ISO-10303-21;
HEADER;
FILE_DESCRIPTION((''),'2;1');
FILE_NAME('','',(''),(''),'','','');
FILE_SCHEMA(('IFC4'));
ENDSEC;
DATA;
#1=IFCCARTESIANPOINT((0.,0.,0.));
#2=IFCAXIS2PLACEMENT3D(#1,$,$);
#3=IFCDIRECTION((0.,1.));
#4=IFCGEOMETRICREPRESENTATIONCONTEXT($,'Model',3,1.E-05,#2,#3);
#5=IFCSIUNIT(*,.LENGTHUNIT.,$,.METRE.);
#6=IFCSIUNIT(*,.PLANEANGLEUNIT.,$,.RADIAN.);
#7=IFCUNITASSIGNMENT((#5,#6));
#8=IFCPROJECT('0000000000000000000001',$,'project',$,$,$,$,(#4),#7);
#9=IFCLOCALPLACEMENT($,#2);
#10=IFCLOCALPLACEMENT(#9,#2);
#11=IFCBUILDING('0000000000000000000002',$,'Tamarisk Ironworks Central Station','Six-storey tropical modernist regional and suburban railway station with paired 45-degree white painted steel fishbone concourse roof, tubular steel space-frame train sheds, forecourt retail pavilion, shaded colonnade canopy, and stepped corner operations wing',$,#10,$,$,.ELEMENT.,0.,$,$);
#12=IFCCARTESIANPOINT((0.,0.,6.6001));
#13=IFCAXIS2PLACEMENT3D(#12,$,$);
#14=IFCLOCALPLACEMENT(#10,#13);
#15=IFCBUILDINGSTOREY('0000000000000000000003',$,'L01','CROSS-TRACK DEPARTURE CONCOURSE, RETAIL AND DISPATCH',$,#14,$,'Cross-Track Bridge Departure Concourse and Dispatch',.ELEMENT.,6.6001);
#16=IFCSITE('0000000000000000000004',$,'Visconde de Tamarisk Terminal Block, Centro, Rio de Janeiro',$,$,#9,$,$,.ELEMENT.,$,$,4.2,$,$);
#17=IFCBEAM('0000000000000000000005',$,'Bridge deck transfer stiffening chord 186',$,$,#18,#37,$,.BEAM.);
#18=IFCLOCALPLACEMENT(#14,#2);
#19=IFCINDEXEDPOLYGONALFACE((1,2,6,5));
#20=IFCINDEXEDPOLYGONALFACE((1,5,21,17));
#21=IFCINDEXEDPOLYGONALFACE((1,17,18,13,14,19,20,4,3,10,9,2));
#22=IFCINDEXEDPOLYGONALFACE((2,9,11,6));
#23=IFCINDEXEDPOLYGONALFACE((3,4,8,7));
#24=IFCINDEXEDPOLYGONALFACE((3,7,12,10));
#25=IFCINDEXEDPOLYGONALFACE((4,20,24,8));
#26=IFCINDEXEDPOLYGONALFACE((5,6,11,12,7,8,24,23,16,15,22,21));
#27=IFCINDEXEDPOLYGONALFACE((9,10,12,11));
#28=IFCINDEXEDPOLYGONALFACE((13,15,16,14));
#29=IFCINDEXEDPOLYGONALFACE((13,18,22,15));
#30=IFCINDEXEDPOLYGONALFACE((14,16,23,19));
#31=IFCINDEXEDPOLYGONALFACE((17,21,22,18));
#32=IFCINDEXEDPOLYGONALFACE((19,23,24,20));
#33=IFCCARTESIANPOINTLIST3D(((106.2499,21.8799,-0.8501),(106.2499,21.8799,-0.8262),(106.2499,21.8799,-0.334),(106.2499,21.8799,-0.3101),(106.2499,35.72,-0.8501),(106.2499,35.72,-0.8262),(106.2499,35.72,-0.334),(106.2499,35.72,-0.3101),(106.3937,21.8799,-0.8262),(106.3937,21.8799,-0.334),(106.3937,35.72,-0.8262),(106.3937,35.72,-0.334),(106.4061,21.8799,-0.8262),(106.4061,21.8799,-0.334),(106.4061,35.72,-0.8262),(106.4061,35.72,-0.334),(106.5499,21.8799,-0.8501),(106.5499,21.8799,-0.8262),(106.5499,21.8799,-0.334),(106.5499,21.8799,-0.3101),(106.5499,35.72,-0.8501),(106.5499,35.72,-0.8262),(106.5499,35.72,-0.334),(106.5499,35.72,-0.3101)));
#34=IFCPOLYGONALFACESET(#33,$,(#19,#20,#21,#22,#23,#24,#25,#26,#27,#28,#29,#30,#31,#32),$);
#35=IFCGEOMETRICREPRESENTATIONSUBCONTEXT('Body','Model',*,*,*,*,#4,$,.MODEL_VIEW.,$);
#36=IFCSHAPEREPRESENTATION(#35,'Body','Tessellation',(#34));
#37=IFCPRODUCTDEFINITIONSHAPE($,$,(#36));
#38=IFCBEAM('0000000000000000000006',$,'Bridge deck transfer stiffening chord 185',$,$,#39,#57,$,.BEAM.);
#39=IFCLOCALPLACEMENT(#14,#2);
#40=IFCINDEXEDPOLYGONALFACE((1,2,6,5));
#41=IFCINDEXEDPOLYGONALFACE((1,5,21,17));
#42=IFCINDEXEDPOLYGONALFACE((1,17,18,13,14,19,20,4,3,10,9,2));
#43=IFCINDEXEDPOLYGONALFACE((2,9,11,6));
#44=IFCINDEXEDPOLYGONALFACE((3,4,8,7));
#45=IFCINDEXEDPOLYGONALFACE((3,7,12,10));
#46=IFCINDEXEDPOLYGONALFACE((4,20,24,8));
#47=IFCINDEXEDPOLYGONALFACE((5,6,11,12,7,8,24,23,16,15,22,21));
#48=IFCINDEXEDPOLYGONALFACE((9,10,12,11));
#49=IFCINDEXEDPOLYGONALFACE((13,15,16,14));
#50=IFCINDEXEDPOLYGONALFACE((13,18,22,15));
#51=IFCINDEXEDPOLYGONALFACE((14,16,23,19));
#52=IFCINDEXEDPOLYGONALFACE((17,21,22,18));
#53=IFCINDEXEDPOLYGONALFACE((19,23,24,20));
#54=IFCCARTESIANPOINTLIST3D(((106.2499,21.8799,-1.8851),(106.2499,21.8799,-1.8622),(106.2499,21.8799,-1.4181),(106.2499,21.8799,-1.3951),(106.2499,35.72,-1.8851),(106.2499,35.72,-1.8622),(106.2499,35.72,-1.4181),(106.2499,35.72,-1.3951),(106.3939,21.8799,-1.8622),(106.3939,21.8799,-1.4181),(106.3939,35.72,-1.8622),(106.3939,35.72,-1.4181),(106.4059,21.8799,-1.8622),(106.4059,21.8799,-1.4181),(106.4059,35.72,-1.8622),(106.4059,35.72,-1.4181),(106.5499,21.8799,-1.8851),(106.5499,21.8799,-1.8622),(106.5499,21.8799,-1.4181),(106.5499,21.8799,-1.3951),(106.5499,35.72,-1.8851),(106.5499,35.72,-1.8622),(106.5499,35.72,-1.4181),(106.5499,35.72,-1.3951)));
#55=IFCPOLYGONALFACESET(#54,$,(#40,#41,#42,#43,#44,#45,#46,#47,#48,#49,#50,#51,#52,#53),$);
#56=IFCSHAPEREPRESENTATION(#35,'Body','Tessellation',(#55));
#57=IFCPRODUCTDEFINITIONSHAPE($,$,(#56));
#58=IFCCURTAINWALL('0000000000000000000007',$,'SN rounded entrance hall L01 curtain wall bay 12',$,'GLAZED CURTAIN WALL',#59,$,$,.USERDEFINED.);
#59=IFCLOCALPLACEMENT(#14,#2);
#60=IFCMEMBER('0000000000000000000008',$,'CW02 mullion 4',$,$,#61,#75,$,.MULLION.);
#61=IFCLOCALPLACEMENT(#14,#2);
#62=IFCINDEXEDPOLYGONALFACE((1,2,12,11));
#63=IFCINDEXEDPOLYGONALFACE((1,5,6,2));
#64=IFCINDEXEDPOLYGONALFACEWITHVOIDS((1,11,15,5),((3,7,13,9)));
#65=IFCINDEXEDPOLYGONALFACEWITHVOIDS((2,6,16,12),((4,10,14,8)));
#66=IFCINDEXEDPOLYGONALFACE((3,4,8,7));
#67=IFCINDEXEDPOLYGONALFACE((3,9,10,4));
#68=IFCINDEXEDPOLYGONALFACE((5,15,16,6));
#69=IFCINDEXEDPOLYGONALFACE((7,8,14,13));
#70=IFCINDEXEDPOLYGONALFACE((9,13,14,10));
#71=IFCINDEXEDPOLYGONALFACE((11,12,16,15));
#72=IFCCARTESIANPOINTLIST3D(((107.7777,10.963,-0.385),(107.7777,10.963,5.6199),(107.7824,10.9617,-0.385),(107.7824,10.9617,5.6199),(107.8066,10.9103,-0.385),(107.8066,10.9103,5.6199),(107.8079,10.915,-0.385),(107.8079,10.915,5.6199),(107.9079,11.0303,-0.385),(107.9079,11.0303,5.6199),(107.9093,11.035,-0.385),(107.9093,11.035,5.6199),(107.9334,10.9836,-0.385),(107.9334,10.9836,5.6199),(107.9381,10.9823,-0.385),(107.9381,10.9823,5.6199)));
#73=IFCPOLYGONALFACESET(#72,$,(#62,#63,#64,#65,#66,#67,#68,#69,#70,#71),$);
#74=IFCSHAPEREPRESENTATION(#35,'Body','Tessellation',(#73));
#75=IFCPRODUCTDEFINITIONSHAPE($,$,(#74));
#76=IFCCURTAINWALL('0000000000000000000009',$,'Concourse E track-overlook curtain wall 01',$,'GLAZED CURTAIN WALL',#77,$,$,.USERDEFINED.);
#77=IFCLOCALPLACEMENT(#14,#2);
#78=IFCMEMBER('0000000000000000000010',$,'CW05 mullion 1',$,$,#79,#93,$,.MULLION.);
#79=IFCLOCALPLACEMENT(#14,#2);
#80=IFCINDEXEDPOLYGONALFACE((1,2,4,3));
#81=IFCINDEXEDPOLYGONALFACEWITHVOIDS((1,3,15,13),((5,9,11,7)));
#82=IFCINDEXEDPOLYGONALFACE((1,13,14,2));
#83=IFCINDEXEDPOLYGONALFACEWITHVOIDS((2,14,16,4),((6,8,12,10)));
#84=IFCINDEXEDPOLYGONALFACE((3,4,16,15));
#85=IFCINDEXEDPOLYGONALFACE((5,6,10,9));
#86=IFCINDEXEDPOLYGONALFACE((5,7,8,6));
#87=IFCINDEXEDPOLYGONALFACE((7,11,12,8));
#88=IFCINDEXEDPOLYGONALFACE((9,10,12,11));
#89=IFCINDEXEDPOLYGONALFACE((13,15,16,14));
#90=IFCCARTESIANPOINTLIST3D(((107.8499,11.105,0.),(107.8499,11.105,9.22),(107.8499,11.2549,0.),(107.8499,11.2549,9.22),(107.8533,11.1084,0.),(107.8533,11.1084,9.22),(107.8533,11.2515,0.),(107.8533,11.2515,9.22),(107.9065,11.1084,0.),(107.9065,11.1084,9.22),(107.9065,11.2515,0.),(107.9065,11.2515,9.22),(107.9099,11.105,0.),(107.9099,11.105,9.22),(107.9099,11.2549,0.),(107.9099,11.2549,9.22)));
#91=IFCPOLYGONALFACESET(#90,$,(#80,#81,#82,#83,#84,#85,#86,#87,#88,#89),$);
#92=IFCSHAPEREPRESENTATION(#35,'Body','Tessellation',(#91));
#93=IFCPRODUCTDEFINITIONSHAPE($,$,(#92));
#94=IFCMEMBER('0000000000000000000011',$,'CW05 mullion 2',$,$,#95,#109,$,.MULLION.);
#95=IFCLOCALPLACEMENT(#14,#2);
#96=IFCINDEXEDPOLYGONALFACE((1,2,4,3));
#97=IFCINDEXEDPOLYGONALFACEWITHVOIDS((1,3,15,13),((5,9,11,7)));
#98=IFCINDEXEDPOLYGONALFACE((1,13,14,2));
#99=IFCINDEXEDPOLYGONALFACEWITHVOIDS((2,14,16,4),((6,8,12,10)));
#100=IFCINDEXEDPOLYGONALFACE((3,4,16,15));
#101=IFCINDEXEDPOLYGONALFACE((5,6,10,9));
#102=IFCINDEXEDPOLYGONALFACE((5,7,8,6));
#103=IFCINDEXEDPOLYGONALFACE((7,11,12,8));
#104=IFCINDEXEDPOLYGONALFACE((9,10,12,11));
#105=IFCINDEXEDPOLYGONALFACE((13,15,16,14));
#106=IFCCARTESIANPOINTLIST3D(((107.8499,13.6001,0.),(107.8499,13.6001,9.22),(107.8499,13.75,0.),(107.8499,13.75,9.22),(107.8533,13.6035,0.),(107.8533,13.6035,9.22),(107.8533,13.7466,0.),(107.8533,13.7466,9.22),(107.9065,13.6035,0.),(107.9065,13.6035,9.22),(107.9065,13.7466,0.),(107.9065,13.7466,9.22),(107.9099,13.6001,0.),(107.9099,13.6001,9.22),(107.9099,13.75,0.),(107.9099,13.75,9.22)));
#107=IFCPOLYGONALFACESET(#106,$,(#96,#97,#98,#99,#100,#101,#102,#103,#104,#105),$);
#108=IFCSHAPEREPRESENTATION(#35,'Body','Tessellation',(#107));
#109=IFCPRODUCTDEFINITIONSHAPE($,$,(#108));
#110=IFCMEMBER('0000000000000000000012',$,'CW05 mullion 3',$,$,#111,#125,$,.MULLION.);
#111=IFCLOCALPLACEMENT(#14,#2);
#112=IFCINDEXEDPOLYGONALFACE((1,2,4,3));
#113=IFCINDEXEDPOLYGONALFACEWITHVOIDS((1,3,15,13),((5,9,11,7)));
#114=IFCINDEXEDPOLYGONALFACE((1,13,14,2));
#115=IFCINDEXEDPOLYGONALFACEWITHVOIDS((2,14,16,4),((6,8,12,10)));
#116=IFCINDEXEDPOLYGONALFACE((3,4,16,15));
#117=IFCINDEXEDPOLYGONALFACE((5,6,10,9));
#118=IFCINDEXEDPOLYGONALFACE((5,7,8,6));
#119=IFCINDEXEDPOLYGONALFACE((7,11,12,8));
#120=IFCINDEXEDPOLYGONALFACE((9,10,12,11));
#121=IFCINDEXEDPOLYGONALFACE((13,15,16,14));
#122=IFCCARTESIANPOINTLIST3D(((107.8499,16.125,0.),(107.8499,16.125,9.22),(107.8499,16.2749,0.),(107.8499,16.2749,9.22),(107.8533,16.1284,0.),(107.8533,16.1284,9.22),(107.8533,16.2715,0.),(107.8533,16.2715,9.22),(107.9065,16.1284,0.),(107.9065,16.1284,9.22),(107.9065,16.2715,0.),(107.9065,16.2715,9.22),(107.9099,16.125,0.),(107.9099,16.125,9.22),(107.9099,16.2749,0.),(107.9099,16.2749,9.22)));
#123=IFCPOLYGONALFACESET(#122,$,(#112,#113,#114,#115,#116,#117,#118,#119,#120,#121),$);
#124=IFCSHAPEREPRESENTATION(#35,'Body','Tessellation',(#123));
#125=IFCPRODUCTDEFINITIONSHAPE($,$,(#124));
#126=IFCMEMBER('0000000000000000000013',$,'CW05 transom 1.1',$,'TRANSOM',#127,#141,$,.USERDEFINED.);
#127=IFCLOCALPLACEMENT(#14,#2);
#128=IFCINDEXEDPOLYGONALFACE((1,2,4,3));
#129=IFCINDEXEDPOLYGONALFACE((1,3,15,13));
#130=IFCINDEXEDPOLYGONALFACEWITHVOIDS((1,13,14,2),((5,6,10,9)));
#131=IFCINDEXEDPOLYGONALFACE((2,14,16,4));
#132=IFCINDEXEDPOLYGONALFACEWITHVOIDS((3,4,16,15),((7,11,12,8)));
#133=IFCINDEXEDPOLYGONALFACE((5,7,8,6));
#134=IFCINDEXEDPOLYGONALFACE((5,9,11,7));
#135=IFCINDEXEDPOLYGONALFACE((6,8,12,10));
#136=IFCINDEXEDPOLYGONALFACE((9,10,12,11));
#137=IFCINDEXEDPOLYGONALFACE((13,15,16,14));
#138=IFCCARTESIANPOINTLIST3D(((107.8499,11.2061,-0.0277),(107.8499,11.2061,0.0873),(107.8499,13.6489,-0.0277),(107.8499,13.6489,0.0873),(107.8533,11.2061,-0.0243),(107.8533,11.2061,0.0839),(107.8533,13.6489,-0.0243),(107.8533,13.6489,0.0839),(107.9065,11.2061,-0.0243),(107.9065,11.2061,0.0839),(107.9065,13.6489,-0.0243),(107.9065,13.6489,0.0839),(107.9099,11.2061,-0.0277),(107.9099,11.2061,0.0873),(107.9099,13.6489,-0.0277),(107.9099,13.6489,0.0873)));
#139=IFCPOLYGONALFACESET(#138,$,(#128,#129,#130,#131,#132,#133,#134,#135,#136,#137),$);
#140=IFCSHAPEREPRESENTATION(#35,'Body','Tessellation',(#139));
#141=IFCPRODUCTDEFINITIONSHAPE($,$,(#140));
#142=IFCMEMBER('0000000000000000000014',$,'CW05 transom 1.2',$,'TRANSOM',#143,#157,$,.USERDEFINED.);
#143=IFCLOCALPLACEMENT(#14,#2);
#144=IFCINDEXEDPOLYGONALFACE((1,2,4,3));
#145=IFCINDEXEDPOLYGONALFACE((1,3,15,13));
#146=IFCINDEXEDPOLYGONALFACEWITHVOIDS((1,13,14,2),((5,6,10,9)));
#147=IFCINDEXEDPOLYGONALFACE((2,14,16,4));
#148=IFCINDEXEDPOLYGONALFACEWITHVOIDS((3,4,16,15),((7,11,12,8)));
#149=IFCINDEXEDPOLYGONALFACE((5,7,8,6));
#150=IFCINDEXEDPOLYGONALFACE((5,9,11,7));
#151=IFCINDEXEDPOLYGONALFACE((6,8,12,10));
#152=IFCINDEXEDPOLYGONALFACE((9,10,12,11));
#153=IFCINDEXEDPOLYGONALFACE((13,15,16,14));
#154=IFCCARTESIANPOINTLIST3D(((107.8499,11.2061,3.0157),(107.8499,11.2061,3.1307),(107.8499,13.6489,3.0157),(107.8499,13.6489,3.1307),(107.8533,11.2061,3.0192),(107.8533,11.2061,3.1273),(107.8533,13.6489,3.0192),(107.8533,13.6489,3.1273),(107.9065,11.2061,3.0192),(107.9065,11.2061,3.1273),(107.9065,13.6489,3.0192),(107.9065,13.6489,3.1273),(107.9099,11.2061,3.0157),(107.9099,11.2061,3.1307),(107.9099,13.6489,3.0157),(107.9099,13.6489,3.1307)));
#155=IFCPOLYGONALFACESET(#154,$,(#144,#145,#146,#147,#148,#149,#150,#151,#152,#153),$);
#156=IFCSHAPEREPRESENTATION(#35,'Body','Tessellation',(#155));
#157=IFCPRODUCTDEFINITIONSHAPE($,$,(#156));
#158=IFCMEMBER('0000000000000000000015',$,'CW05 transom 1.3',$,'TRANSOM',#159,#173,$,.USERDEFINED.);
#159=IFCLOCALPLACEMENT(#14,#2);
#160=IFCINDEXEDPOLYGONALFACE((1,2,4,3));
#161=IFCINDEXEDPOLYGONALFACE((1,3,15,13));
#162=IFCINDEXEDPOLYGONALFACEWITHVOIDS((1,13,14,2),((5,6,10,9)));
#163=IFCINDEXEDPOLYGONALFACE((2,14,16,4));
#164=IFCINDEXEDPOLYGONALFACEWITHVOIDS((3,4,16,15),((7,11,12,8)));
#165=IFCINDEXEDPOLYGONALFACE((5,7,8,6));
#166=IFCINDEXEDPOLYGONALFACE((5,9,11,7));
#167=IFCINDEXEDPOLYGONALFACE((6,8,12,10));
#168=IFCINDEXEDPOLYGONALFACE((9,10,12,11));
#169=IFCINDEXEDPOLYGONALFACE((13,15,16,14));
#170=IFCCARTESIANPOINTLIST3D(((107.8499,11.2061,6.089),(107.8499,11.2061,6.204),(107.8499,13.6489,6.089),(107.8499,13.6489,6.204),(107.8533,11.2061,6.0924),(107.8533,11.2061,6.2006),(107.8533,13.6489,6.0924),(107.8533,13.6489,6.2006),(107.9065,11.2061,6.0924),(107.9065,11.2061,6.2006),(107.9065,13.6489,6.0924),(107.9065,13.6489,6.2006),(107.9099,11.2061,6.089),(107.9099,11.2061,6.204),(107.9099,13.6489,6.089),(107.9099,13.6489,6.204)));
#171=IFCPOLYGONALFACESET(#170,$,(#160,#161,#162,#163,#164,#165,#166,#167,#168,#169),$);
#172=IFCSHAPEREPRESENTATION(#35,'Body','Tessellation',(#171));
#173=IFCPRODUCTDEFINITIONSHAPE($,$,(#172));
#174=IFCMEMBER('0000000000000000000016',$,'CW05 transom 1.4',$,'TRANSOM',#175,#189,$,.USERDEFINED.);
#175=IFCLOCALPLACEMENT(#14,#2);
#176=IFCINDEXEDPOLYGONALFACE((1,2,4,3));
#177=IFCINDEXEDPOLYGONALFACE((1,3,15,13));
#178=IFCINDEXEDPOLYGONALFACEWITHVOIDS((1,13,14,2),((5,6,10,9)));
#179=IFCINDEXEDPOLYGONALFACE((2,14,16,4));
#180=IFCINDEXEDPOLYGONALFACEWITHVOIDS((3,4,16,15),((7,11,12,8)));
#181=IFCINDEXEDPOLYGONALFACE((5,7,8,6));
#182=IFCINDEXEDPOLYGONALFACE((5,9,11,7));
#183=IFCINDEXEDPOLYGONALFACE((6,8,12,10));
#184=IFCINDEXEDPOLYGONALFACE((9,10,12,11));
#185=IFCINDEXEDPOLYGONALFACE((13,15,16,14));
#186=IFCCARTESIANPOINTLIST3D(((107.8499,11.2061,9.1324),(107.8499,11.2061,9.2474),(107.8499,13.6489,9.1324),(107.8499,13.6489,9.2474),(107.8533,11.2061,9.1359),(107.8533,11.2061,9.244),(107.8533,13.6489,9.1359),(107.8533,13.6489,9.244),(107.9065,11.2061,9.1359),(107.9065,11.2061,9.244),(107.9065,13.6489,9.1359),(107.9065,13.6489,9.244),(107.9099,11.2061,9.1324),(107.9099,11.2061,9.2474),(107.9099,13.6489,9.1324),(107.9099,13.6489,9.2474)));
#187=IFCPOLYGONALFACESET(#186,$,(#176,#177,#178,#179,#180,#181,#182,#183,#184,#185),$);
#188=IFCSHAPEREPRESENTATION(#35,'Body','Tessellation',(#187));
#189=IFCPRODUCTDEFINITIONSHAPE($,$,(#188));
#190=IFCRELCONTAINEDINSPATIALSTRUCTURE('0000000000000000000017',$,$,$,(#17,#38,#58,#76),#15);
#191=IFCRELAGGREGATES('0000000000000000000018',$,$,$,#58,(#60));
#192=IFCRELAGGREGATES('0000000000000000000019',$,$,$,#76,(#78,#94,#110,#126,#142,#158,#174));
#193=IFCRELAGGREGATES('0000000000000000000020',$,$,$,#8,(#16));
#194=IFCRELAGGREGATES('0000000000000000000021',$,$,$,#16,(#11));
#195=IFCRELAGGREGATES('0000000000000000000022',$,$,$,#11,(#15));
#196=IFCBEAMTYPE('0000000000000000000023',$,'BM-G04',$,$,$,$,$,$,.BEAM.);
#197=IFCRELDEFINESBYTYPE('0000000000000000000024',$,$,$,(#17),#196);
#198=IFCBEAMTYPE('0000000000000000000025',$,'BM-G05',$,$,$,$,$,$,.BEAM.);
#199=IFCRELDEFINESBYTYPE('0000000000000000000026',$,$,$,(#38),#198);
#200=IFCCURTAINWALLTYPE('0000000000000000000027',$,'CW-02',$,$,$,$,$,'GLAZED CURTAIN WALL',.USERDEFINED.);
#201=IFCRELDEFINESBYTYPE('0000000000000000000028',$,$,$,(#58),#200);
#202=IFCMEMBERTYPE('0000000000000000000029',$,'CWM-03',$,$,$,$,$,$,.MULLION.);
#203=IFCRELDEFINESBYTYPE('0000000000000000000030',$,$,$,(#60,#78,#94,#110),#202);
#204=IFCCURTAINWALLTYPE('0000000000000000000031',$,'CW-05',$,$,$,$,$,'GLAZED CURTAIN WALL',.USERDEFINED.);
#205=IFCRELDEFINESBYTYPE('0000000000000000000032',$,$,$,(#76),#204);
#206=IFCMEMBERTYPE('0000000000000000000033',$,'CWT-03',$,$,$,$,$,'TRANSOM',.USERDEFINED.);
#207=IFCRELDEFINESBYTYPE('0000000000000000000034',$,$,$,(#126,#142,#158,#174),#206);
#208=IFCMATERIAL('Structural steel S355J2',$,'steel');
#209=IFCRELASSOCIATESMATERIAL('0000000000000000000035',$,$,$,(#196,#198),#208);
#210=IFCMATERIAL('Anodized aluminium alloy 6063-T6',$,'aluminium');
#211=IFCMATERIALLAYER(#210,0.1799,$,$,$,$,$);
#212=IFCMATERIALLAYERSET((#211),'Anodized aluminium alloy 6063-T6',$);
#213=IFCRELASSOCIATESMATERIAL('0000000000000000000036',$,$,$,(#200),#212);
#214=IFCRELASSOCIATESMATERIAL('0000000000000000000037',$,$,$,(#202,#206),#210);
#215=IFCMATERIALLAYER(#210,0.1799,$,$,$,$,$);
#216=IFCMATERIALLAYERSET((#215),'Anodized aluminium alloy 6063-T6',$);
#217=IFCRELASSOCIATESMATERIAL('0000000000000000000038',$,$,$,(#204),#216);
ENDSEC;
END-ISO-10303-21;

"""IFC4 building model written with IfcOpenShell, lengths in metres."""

from ifc_helpers import new_model, si_unit, direction, frame, origin, origin_2d, place, context, subcontext, project, spatial, hollow_rectangle, i_section, extrude, material, layer, layer_set, material_profile, profile_set, type_object, element, aggregate, save


model = new_model("IFC4")

# Units and contexts
model_context = context("Model", 3, precision=1e-05, world=origin(), true_north=direction((0.0, 1.0)))
body_context = subcontext(model_context, "Body", "Model", "MODEL_VIEW")
ifc_project = project(units=[si_unit("LENGTHUNIT", "METRE"), si_unit("PLANEANGLEUNIT", "RADIAN")], contexts=[model_context])

# Site, building, storey
site_placement = place(None, origin())
site = spatial("IfcSite", under=ifc_project, at=site_placement, Name="Visconde de Tamarisk Terminal Block, Centro, Rio de Janeiro", CompositionType="ELEMENT", RefElevation=4.2)
building_placement = place(site_placement, origin())
building = spatial("IfcBuilding", under=site, at=building_placement, Name="Tamarisk Ironworks Central Station", Description="Six-storey tropical modernist regional and suburban railway station with paired 45-degree white painted steel fishbone concourse roof, tubular steel space-frame train sheds, forecourt retail pavilion, shaded colonnade canopy, and stepped corner operations wing", CompositionType="ELEMENT", ElevationOfRefHeight=0.0)
storey_placement = place(building_placement, frame((0.0, 0.0, 6.6001)))
storey = spatial("IfcBuildingStorey", under=building, at=storey_placement, Name="L01", Description="CROSS-TRACK DEPARTURE CONCOURSE, RETAIL AND DISPATCH", LongName="Cross-Track Bridge Departure Concourse and Dispatch", CompositionType="ELEMENT", Elevation=6.6001)

# Beams
ifc_material_1 = material(Name="Structural steel S355J2", Category="steel")
ifc_material_profile_1 = material_profile(ifc_material_1, i_section(OverallWidth=0.3, OverallDepth=0.54, WebThickness=0.0125, FlangeThickness=0.0239, at=origin_2d()), Name="HEA 550")
ifc_profile_set_1 = profile_set([ifc_material_profile_1], Name="Structural steel S355J2")
beam_type_1 = type_object("IfcBeamType", Name="BM-G04", PredefinedType="BEAM", material=ifc_profile_set_1)
beam_1_placement = place(storey_placement, frame((106.3999, 21.8799, -0.5801), z_axis=(0.0, 1.0, 0.0), x_axis=(-1.0, 0.0, 0.0)))
element("IfcBeam", 1, at=beam_1_placement, inside=storey, type_object=beam_type_1, Name="Bridge deck transfer stiffening chord 186", PredefinedType="BEAM", context=body_context, shape_type="SweptSolid", body=[
    extrude(i_section(OverallWidth=0.3, OverallDepth=0.54, WebThickness=0.0125, FlangeThickness=0.0239, at=origin_2d()), origin(), (0.0, 0.0, 1.0), 13.8401),
])
ifc_material_profile_2 = material_profile(ifc_material_1, i_section(OverallWidth=0.3, OverallDepth=0.49, WebThickness=0.012, FlangeThickness=0.0229, at=origin_2d()), Name="HEA 500")
ifc_profile_set_2 = profile_set([ifc_material_profile_2], Name="Structural steel S355J2")
beam_type_2 = type_object("IfcBeamType", Name="BM-G05", PredefinedType="BEAM", material=ifc_profile_set_2)
beam_2_placement = place(storey_placement, frame((106.3999, 21.8799, -1.6401), z_axis=(0.0, 1.0, 0.0), x_axis=(-1.0, 0.0, 0.0)))
element("IfcBeam", 2, at=beam_2_placement, inside=storey, type_object=beam_type_2, Name="Bridge deck transfer stiffening chord 185", PredefinedType="BEAM", context=body_context, shape_type="SweptSolid", body=[
    extrude(i_section(OverallWidth=0.3, OverallDepth=0.49, WebThickness=0.012, FlangeThickness=0.0229, at=origin_2d()), origin(), (0.0, 0.0, 1.0), 13.8401),
])

# Curtain wall, member
ifc_material_2 = material(Name="Anodized aluminium alloy 6063-T6", Category="aluminium")
ifc_layer_1 = layer(ifc_material_2, 0.1799)
ifc_layer_set_1 = layer_set([ifc_layer_1], Name="Anodized aluminium alloy 6063-T6")
curtain_wall_type_1 = type_object("IfcCurtainWallType", Name="CW-02", ElementType="GLAZED CURTAIN WALL", PredefinedType="USERDEFINED", material=ifc_layer_set_1)
curtain_wall_1_placement = place(storey_placement, origin())
curtain_wall_1 = element("IfcCurtainWall", 3, at=curtain_wall_1_placement, inside=storey, type_object=curtain_wall_type_1, Name="SN rounded entrance hall L01 curtain wall bay 12", ObjectType="GLAZED CURTAIN WALL", PredefinedType="USERDEFINED")
ifc_material_profile_3 = material_profile(ifc_material_2, hollow_rectangle(XDim=0.0601, YDim=0.1499, WallThickness=0.0034, at=origin_2d()), Name="ALUM 150x60")
ifc_profile_set_3 = profile_set([ifc_material_profile_3], Name="Anodized aluminium alloy 6063-T6")
member_type_1 = type_object("IfcMemberType", Name="CWM-03", PredefinedType="MULLION", material=ifc_profile_set_3)
member_1_placement = place(storey_placement, frame((107.8579, 10.9727, -0.385), z_axis=(0.0, 0.0, 1.0), x_axis=(-0.479805, 0.877375, 0.0)))
member_1 = element("IfcMember", 4, at=member_1_placement, type_object=member_type_1, Name="CW02 mullion 4", PredefinedType="MULLION", context=body_context, shape_type="SweptSolid", body=[
    extrude(hollow_rectangle(XDim=0.0601, YDim=0.1499, WallThickness=0.0034, at=origin_2d()), origin(), (0.0, 0.0, 1.0), 6.0049),
])
aggregate(curtain_wall_1, [member_1])

# Curtain wall, members
ifc_layer_2 = layer(ifc_material_2, 0.1799)
ifc_layer_set_2 = layer_set([ifc_layer_2], Name="Anodized aluminium alloy 6063-T6")
curtain_wall_type_2 = type_object("IfcCurtainWallType", Name="CW-05", ElementType="GLAZED CURTAIN WALL", PredefinedType="USERDEFINED", material=ifc_layer_set_2)
curtain_wall_2_placement = place(storey_placement, origin())
curtain_wall_2 = element("IfcCurtainWall", 5, at=curtain_wall_2_placement, inside=storey, type_object=curtain_wall_type_2, Name="Concourse E track-overlook curtain wall 01", ObjectType="GLAZED CURTAIN WALL", PredefinedType="USERDEFINED")
member_2_placement = place(storey_placement, frame((107.8799, 11.1799, 0.0), z_axis=(0.0, 0.0, 1.0), x_axis=(-1.0, 0.0, 0.0)))
member_2 = element("IfcMember", 6, at=member_2_placement, type_object=member_type_1, Name="CW05 mullion 1", PredefinedType="MULLION", context=body_context, shape_type="SweptSolid", body=[
    extrude(hollow_rectangle(XDim=0.0601, YDim=0.1499, WallThickness=0.0034, at=origin_2d()), origin(), (0.0, 0.0, 1.0), 9.22),
])
member_3_placement = place(storey_placement, frame((107.8799, 13.675, 0.0), z_axis=(0.0, 0.0, 1.0), x_axis=(-1.0, 0.0, 0.0)))
member_3 = element("IfcMember", 7, at=member_3_placement, type_object=member_type_1, Name="CW05 mullion 2", PredefinedType="MULLION", context=body_context, shape_type="SweptSolid", body=[
    extrude(hollow_rectangle(XDim=0.0601, YDim=0.1499, WallThickness=0.0034, at=origin_2d()), origin(), (0.0, 0.0, 1.0), 9.22),
])
member_4_placement = place(storey_placement, frame((107.8799, 16.2, 0.0), z_axis=(0.0, 0.0, 1.0), x_axis=(-1.0, 0.0, 0.0)))
member_4 = element("IfcMember", 8, at=member_4_placement, type_object=member_type_1, Name="CW05 mullion 3", PredefinedType="MULLION", context=body_context, shape_type="SweptSolid", body=[
    extrude(hollow_rectangle(XDim=0.0601, YDim=0.1499, WallThickness=0.0034, at=origin_2d()), origin(), (0.0, 0.0, 1.0), 9.22),
])
ifc_material_profile_4 = material_profile(ifc_material_2, hollow_rectangle(XDim=0.0601, YDim=0.115, WallThickness=0.0034, at=origin_2d()), Name="ALUM 115x60")
ifc_profile_set_4 = profile_set([ifc_material_profile_4], Name="Anodized aluminium alloy 6063-T6")
member_type_2 = type_object("IfcMemberType", Name="CWT-03", ElementType="TRANSOM", PredefinedType="USERDEFINED", material=ifc_profile_set_4)
member_5_placement = place(storey_placement, frame((107.8799, 11.2061, 0.0298), z_axis=(0.0, 1.0, 0.0), x_axis=(-1.0, 0.0, 0.0)))
member_5 = element("IfcMember", 9, at=member_5_placement, type_object=member_type_2, Name="CW05 transom 1.1", ObjectType="TRANSOM", PredefinedType="USERDEFINED", context=body_context, shape_type="SweptSolid", body=[
    extrude(hollow_rectangle(XDim=0.0601, YDim=0.115, WallThickness=0.0034, at=origin_2d()), origin(), (0.0, 0.0, 1.0), 2.4429),
])
member_6_placement = place(storey_placement, frame((107.8799, 11.2061, 3.0732), z_axis=(0.0, 1.0, 0.0), x_axis=(-1.0, 0.0, 0.0)))
member_6 = element("IfcMember", 10, at=member_6_placement, type_object=member_type_2, Name="CW05 transom 1.2", ObjectType="TRANSOM", PredefinedType="USERDEFINED", context=body_context, shape_type="SweptSolid", body=[
    extrude(hollow_rectangle(XDim=0.0601, YDim=0.115, WallThickness=0.0034, at=origin_2d()), origin(), (0.0, 0.0, 1.0), 2.4429),
])
member_7_placement = place(storey_placement, frame((107.8799, 11.2061, 6.1465), z_axis=(0.0, 1.0, 0.0), x_axis=(-1.0, 0.0, 0.0)))
member_7 = element("IfcMember", 11, at=member_7_placement, type_object=member_type_2, Name="CW05 transom 1.3", ObjectType="TRANSOM", PredefinedType="USERDEFINED", context=body_context, shape_type="SweptSolid", body=[
    extrude(hollow_rectangle(XDim=0.0601, YDim=0.115, WallThickness=0.0034, at=origin_2d()), origin(), (0.0, 0.0, 1.0), 2.4429),
])
member_8_placement = place(storey_placement, frame((107.8799, 11.2061, 9.1899), z_axis=(0.0, 1.0, 0.0), x_axis=(-1.0, 0.0, 0.0)))
member_8 = element("IfcMember", 12, at=member_8_placement, type_object=member_type_2, Name="CW05 transom 1.4", ObjectType="TRANSOM", PredefinedType="USERDEFINED", context=body_context, shape_type="SweptSolid", body=[
    extrude(hollow_rectangle(XDim=0.0601, YDim=0.115, WallThickness=0.0034, at=origin_2d()), origin(), (0.0, 0.0, 1.0), 2.4429),
])

aggregate(curtain_wall_2, [member_2, member_3, member_4, member_5, member_6, member_7, member_8])

save(model, "model.ifc")
